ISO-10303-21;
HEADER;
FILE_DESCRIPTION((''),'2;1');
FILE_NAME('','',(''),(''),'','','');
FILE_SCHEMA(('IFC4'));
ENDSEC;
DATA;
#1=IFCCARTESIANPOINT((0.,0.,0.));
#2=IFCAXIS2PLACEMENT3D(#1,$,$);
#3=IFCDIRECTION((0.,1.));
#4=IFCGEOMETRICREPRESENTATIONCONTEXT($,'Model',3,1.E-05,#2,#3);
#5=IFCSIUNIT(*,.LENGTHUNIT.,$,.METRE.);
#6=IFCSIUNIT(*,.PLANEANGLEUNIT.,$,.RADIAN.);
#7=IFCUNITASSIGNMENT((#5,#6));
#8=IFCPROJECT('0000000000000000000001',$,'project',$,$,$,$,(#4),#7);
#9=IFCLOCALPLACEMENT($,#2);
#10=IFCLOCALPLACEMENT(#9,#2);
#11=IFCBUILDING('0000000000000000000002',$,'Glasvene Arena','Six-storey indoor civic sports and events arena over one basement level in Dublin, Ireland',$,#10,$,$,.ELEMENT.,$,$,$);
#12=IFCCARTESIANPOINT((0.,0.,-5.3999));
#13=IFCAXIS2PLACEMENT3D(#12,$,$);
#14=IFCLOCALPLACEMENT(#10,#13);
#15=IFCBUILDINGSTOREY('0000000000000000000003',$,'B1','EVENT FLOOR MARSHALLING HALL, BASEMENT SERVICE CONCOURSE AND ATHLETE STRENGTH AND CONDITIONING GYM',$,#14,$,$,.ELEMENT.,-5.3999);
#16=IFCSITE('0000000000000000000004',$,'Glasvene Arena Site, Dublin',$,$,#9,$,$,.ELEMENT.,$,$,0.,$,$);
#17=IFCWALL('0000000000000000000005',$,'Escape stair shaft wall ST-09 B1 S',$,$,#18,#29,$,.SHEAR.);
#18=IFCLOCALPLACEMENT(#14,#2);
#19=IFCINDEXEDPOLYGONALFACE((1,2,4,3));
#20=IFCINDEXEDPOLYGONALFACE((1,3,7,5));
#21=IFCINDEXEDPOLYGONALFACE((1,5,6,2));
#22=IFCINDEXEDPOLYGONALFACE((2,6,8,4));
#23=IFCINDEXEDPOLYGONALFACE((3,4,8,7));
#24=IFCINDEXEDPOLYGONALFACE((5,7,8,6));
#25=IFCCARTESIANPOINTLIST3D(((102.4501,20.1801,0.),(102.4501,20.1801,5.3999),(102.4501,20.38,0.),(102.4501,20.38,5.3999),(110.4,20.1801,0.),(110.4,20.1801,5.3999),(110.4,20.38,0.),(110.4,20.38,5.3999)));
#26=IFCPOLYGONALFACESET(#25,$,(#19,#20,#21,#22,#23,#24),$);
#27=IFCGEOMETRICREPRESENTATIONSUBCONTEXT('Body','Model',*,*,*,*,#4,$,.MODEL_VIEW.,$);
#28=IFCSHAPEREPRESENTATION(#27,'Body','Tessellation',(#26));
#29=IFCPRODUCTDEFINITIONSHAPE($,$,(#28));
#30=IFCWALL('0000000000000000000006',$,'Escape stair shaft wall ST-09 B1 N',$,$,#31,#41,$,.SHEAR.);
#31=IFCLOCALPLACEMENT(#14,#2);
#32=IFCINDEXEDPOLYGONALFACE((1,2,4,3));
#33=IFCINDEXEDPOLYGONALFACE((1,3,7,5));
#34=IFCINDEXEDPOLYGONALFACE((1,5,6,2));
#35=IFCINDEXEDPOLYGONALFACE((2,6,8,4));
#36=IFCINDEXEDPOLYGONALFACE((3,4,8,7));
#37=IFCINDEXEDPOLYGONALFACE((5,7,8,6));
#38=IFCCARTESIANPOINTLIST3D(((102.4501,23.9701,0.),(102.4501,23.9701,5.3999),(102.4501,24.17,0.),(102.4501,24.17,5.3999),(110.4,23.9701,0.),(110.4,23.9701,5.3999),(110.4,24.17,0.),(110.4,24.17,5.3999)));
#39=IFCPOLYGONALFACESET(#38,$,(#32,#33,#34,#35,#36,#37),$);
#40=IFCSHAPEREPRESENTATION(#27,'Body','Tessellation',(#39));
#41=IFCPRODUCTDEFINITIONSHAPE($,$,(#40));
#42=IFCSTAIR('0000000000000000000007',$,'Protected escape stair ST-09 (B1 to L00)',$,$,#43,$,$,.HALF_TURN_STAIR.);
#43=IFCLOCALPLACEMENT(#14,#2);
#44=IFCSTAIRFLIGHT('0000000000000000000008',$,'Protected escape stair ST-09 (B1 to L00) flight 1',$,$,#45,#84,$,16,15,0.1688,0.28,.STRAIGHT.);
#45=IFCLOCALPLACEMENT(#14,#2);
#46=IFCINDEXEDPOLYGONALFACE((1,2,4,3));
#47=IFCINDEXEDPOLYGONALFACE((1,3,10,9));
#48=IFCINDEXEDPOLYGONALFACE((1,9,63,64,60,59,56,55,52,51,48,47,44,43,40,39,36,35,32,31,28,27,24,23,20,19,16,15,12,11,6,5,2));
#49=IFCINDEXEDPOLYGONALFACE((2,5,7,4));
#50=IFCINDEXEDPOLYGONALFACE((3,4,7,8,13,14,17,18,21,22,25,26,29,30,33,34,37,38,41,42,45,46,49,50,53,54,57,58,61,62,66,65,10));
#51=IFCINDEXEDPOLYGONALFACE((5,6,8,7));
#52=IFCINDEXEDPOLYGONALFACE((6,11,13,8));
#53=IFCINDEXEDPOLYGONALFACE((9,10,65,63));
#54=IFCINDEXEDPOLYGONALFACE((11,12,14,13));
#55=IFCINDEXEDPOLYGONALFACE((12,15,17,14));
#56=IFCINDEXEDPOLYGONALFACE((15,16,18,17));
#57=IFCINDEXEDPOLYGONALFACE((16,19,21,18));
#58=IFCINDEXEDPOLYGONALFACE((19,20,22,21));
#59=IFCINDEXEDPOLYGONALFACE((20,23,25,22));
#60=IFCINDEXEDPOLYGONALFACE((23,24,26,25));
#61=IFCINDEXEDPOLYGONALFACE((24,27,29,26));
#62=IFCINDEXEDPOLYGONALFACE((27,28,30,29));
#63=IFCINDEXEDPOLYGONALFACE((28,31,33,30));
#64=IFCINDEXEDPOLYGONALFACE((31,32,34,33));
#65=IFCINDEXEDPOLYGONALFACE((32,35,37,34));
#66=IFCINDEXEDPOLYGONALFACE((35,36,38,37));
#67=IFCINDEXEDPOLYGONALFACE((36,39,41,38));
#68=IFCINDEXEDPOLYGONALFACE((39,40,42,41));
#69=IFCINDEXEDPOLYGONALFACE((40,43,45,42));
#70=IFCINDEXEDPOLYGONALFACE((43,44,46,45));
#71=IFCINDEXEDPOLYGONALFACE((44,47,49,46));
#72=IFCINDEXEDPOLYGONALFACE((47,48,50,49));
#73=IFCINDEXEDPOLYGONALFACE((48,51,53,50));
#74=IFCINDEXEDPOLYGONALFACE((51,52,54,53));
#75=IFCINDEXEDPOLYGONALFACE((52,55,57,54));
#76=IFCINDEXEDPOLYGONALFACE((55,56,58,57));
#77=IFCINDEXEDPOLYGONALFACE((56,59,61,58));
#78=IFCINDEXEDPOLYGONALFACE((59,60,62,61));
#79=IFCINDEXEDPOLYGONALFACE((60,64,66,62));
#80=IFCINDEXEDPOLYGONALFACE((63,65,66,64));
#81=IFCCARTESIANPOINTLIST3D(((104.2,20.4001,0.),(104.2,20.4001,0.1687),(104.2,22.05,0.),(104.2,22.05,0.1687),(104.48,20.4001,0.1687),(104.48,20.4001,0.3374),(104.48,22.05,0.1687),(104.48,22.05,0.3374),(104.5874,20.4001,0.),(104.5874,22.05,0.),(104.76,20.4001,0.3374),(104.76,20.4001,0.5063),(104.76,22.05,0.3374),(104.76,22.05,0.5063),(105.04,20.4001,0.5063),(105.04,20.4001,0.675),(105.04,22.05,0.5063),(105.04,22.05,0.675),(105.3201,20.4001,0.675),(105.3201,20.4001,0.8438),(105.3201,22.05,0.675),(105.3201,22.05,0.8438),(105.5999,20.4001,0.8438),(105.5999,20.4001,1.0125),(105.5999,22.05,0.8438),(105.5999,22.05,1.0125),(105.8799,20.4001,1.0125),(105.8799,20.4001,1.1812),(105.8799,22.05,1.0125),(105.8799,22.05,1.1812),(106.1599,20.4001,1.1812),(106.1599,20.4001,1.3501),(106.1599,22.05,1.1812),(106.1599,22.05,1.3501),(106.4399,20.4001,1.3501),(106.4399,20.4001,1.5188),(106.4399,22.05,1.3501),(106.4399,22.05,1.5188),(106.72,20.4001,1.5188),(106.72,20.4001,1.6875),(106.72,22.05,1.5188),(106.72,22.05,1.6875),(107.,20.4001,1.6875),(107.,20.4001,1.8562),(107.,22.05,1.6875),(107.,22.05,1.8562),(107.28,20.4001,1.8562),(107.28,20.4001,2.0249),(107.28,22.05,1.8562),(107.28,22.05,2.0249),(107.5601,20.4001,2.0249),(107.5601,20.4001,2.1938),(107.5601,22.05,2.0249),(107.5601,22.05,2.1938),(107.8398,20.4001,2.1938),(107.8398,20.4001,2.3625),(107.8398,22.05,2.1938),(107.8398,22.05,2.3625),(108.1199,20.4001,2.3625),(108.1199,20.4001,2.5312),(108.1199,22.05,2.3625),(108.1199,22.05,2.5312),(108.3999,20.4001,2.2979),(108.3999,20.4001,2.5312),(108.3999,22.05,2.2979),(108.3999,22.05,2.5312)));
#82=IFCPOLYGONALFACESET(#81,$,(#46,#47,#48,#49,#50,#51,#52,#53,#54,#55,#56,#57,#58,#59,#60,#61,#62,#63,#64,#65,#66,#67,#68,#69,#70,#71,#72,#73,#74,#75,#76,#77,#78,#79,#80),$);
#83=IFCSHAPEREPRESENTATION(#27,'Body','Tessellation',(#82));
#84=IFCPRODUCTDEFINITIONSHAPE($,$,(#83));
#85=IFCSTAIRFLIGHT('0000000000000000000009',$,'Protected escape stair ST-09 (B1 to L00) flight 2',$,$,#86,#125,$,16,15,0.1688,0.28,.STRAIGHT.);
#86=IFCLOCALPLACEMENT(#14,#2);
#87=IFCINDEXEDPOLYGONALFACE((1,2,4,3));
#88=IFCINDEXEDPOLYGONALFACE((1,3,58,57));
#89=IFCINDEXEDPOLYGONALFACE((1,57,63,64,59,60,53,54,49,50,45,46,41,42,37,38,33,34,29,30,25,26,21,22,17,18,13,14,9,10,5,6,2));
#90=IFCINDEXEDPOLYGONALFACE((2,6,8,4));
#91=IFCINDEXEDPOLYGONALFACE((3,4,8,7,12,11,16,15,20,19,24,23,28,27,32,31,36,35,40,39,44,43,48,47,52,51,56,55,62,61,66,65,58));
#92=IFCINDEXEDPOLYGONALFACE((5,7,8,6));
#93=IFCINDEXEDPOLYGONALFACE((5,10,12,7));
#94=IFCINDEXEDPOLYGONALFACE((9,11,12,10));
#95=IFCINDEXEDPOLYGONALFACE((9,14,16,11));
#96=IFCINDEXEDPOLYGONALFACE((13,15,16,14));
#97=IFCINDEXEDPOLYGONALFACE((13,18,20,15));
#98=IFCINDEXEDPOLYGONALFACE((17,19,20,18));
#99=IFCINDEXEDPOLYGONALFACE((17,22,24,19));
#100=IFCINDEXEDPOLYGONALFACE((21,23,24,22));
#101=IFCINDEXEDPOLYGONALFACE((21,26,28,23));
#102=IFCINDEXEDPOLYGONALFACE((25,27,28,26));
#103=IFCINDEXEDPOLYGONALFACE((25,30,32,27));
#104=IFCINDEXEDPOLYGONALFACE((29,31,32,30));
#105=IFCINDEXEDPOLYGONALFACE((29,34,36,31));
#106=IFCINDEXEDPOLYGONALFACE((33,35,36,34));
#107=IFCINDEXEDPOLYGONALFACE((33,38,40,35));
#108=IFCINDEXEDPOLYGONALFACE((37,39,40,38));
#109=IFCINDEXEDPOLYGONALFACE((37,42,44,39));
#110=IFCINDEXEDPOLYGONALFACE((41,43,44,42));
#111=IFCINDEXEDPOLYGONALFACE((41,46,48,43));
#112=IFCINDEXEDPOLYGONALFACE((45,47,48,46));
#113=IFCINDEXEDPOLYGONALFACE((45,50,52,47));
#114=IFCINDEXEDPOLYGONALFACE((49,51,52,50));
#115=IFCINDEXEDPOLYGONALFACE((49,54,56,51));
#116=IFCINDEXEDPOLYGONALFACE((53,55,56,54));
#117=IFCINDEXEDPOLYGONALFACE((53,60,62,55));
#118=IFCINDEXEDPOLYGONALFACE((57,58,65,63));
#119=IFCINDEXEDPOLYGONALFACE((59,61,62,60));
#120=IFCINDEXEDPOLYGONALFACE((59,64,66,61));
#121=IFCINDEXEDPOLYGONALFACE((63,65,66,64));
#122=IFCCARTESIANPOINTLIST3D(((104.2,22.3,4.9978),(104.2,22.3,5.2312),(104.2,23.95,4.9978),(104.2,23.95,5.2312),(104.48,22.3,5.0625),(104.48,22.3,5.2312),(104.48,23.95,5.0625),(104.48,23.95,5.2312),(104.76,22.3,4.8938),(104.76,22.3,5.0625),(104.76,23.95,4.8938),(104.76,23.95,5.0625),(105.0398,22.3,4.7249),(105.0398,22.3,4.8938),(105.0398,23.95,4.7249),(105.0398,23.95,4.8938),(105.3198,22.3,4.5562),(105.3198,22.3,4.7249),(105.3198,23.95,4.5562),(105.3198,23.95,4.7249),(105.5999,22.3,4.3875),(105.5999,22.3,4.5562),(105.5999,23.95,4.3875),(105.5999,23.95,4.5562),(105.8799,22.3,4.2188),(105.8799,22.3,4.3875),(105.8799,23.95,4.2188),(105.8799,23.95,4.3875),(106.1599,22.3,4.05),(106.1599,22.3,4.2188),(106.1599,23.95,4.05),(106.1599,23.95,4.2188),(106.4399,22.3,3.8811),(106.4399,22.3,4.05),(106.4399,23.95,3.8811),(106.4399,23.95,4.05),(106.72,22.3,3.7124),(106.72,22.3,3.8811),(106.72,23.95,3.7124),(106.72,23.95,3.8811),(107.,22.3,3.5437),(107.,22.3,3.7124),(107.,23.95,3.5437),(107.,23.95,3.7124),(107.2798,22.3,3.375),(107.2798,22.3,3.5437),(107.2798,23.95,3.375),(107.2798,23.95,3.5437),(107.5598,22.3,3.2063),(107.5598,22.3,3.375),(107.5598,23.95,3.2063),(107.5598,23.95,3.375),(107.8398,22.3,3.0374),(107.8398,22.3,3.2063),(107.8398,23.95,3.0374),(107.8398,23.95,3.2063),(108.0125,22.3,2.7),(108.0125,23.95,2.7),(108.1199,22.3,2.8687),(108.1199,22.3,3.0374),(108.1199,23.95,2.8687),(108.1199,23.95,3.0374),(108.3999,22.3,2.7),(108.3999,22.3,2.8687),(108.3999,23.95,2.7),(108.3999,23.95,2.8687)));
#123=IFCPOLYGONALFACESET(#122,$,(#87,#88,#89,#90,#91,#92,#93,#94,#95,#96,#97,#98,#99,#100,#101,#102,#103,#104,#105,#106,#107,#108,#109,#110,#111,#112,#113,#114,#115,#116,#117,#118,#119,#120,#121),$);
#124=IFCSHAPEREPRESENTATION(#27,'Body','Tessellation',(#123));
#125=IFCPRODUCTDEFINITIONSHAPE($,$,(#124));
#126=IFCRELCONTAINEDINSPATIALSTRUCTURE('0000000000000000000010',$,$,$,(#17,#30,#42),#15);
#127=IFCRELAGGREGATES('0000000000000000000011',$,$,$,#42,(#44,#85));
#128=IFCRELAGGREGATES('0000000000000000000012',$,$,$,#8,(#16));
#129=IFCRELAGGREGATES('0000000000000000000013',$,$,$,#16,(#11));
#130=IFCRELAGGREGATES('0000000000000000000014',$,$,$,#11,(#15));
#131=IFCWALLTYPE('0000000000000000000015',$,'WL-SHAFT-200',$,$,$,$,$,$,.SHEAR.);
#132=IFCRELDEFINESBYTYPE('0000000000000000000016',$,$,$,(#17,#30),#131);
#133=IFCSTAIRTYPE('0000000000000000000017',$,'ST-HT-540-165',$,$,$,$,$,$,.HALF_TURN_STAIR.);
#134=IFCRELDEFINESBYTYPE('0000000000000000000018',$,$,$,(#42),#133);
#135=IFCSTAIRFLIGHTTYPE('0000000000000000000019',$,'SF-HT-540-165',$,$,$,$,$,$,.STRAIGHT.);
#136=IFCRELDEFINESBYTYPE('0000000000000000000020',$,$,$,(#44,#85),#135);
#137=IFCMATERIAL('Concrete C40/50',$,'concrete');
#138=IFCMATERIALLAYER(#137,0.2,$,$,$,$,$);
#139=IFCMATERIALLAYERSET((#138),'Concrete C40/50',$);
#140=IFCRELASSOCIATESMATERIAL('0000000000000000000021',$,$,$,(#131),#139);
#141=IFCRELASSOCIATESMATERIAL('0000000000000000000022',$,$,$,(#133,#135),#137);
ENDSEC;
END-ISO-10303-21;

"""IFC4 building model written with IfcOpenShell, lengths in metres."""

from ifc_helpers import new_model, si_unit, direction, frame, frame_2d, origin, place, context, subcontext, project, spatial, polyline, rectangle, outline, extrude, material, layer, layer_set, type_object, element, aggregate, save


model = new_model("IFC4")

# Units and contexts
model_context = context("Model", 3, precision=1e-05, world=origin(), true_north=direction((0.0, 1.0)))
body_context = subcontext(model_context, "Body", "Model", "MODEL_VIEW")
ifc_project = project(units=[si_unit("LENGTHUNIT", "METRE"), si_unit("PLANEANGLEUNIT", "RADIAN")], contexts=[model_context])

# Site, building, storey
site_placement = place(None, origin())
site = spatial("IfcSite", under=ifc_project, at=site_placement, Name="Glasvene Arena Site, Dublin", CompositionType="ELEMENT", RefElevation=0.0)
building_placement = place(site_placement, origin())
building = spatial("IfcBuilding", under=site, at=building_placement, Name="Glasvene Arena", Description="Six-storey indoor civic sports and events arena over one basement level in Dublin, Ireland", CompositionType="ELEMENT")
storey_placement = place(building_placement, frame((0.0, 0.0, -5.3999)))
storey = spatial("IfcBuildingStorey", under=building, at=storey_placement, Name="B1", Description="EVENT FLOOR MARSHALLING HALL, BASEMENT SERVICE CONCOURSE AND ATHLETE STRENGTH AND CONDITIONING GYM", CompositionType="ELEMENT", Elevation=-5.3999)

# Shared definitions
ifc_material_1 = material(Name="Concrete C40/50", Category="concrete")

# Wall
ifc_layer_1 = layer(ifc_material_1, 0.2)
ifc_layer_set_1 = layer_set([ifc_layer_1], Name="Concrete C40/50")
wall_type_1 = type_object("IfcWallType", Name="WL-SHAFT-200", PredefinedType="SHEAR", material=ifc_layer_set_1)
wall_1_placement = place(storey_placement, frame((102.45, 20.28, 0.0), z_axis=(0.0, 0.0, 1.0), x_axis=(1.0, 0.0, 0.0)))
element("IfcWall", 1, at=wall_1_placement, inside=storey, type_object=wall_type_1, Name="Escape stair shaft wall ST-09 B1 S", PredefinedType="SHEAR", context=body_context, shape_type="SweptSolid", body=[
    extrude(rectangle(XDim=7.95, YDim=0.2, at=frame_2d((3.9751, 0.0))), origin(), (0.0, 0.0, 1.0), 5.3999),
])

# Wall
wall_2_placement = place(storey_placement, frame((102.45, 24.0701, 0.0), z_axis=(0.0, 0.0, 1.0), x_axis=(1.0, 0.0, 0.0)))
element("IfcWall", 2, at=wall_2_placement, inside=storey, type_object=wall_type_1, Name="Escape stair shaft wall ST-09 B1 N", PredefinedType="SHEAR", context=body_context, shape_type="SweptSolid", body=[
    extrude(rectangle(XDim=7.95, YDim=0.2, at=frame_2d((3.9751, 0.0))), origin(), (0.0, 0.0, 1.0), 5.3999),
])

# Stair, stair flights
stair_type = type_object("IfcStairType", Name="ST-HT-540-165", PredefinedType="HALF_TURN_STAIR", material=ifc_material_1)
stair_placement = place(storey_placement, origin())
stair = element("IfcStair", 3, at=stair_placement, inside=storey, type_object=stair_type, Name="Protected escape stair ST-09 (B1 to L00)", PredefinedType="HALF_TURN_STAIR")
stair_flight_type = type_object("IfcStairFlightType", Name="SF-HT-540-165", PredefinedType="STRAIGHT", material=ifc_material_1)
stair_flight_1_placement = place(storey_placement, frame((104.2, 21.2251, 0.0), z_axis=(0.0, 0.0, 1.0), x_axis=(1.0, 0.0, 0.0)))
stair_flight_1 = element("IfcStairFlight", 4, at=stair_flight_1_placement, type_object=stair_flight_type, Name="Protected escape stair ST-09 (B1 to L00) flight 1", NumberOfRisers=16, NumberOfTreads=15, PredefinedType="STRAIGHT", RiserHeight=0.1688, TreadLength=0.28, context=body_context, shape_type="SweptSolid", body=[
    extrude(outline(polyline([(0.0, 0.0), (0.0, 0.1687), (0.28, 0.1687), (0.28, 0.3374), (0.5601, 0.3374), (0.5601, 0.5063), (0.8401, 0.5063), (0.8401, 0.675), (1.1201, 0.675), (1.1201, 0.8438), (1.3999, 0.8438), (1.3999, 1.0125), (1.6799, 1.0125), (1.6799, 1.1812), (1.96, 1.1812), (1.96, 1.3501), (2.24, 1.3501), (2.24, 1.5188), (2.52, 1.5188), (2.52, 1.6875), (2.8, 1.6875), (2.8, 1.8562), (3.0801, 1.8562), (3.0801, 2.0249), (3.3601, 2.0249), (3.3601, 2.1938), (3.6399, 2.1938), (3.6399, 2.3625), (3.9199, 2.3625), (3.9199, 2.5312), (4.2, 2.5312), (4.2, 2.7), (4.2, 2.2979), (0.3875, 0.0), (0.0, 0.0)])), frame((0.0, 0.825, 0.0), z_axis=(0.0, -1.0, 0.0), x_axis=(1.0, 0.0, 0.0)), (0.0, 0.0, 1.0), 1.6499),
])
stair_flight_2_placement = place(storey_placement, frame((108.3999, 23.125, 2.7), z_axis=(0.0, 0.0, 1.0), x_axis=(-1.0, 0.0, 0.0)))
stair_flight_2 = element("IfcStairFlight", 5, at=stair_flight_2_placement, type_object=stair_flight_type, Name="Protected escape stair ST-09 (B1 to L00) flight 2", NumberOfRisers=16, NumberOfTreads=15, PredefinedType="STRAIGHT", RiserHeight=0.1688, TreadLength=0.28, context=body_context, shape_type="SweptSolid", body=[
    extrude(outline(polyline([(0.0, 0.0), (0.0, 0.1687), (0.28, 0.1687), (0.28, 0.3374), (0.5601, 0.3374), (0.5601, 0.5063), (0.8401, 0.5063), (0.8401, 0.675), (1.1201, 0.675), (1.1201, 0.8438), (1.3999, 0.8438), (1.3999, 1.0125), (1.6799, 1.0125), (1.6799, 1.1812), (1.96, 1.1812), (1.96, 1.3501), (2.24, 1.3501), (2.24, 1.5188), (2.52, 1.5188), (2.52, 1.6875), (2.8, 1.6875), (2.8, 1.8562), (3.0801, 1.8562), (3.0801, 2.0249), (3.3601, 2.0249), (3.3601, 2.1938), (3.6399, 2.1938), (3.6399, 2.3625), (3.9199, 2.3625), (3.9199, 2.5312), (4.2, 2.5312), (4.2, 2.7), (4.2, 2.2979), (0.3875, 0.0), (0.0, 0.0)])), frame((0.0, 0.825, 0.0), z_axis=(0.0, -1.0, 0.0), x_axis=(1.0, 0.0, 0.0)), (0.0, 0.0, 1.0), 1.6499),
])
aggregate(stair, [stair_flight_1, stair_flight_2])

save(model, "model.ifc")
